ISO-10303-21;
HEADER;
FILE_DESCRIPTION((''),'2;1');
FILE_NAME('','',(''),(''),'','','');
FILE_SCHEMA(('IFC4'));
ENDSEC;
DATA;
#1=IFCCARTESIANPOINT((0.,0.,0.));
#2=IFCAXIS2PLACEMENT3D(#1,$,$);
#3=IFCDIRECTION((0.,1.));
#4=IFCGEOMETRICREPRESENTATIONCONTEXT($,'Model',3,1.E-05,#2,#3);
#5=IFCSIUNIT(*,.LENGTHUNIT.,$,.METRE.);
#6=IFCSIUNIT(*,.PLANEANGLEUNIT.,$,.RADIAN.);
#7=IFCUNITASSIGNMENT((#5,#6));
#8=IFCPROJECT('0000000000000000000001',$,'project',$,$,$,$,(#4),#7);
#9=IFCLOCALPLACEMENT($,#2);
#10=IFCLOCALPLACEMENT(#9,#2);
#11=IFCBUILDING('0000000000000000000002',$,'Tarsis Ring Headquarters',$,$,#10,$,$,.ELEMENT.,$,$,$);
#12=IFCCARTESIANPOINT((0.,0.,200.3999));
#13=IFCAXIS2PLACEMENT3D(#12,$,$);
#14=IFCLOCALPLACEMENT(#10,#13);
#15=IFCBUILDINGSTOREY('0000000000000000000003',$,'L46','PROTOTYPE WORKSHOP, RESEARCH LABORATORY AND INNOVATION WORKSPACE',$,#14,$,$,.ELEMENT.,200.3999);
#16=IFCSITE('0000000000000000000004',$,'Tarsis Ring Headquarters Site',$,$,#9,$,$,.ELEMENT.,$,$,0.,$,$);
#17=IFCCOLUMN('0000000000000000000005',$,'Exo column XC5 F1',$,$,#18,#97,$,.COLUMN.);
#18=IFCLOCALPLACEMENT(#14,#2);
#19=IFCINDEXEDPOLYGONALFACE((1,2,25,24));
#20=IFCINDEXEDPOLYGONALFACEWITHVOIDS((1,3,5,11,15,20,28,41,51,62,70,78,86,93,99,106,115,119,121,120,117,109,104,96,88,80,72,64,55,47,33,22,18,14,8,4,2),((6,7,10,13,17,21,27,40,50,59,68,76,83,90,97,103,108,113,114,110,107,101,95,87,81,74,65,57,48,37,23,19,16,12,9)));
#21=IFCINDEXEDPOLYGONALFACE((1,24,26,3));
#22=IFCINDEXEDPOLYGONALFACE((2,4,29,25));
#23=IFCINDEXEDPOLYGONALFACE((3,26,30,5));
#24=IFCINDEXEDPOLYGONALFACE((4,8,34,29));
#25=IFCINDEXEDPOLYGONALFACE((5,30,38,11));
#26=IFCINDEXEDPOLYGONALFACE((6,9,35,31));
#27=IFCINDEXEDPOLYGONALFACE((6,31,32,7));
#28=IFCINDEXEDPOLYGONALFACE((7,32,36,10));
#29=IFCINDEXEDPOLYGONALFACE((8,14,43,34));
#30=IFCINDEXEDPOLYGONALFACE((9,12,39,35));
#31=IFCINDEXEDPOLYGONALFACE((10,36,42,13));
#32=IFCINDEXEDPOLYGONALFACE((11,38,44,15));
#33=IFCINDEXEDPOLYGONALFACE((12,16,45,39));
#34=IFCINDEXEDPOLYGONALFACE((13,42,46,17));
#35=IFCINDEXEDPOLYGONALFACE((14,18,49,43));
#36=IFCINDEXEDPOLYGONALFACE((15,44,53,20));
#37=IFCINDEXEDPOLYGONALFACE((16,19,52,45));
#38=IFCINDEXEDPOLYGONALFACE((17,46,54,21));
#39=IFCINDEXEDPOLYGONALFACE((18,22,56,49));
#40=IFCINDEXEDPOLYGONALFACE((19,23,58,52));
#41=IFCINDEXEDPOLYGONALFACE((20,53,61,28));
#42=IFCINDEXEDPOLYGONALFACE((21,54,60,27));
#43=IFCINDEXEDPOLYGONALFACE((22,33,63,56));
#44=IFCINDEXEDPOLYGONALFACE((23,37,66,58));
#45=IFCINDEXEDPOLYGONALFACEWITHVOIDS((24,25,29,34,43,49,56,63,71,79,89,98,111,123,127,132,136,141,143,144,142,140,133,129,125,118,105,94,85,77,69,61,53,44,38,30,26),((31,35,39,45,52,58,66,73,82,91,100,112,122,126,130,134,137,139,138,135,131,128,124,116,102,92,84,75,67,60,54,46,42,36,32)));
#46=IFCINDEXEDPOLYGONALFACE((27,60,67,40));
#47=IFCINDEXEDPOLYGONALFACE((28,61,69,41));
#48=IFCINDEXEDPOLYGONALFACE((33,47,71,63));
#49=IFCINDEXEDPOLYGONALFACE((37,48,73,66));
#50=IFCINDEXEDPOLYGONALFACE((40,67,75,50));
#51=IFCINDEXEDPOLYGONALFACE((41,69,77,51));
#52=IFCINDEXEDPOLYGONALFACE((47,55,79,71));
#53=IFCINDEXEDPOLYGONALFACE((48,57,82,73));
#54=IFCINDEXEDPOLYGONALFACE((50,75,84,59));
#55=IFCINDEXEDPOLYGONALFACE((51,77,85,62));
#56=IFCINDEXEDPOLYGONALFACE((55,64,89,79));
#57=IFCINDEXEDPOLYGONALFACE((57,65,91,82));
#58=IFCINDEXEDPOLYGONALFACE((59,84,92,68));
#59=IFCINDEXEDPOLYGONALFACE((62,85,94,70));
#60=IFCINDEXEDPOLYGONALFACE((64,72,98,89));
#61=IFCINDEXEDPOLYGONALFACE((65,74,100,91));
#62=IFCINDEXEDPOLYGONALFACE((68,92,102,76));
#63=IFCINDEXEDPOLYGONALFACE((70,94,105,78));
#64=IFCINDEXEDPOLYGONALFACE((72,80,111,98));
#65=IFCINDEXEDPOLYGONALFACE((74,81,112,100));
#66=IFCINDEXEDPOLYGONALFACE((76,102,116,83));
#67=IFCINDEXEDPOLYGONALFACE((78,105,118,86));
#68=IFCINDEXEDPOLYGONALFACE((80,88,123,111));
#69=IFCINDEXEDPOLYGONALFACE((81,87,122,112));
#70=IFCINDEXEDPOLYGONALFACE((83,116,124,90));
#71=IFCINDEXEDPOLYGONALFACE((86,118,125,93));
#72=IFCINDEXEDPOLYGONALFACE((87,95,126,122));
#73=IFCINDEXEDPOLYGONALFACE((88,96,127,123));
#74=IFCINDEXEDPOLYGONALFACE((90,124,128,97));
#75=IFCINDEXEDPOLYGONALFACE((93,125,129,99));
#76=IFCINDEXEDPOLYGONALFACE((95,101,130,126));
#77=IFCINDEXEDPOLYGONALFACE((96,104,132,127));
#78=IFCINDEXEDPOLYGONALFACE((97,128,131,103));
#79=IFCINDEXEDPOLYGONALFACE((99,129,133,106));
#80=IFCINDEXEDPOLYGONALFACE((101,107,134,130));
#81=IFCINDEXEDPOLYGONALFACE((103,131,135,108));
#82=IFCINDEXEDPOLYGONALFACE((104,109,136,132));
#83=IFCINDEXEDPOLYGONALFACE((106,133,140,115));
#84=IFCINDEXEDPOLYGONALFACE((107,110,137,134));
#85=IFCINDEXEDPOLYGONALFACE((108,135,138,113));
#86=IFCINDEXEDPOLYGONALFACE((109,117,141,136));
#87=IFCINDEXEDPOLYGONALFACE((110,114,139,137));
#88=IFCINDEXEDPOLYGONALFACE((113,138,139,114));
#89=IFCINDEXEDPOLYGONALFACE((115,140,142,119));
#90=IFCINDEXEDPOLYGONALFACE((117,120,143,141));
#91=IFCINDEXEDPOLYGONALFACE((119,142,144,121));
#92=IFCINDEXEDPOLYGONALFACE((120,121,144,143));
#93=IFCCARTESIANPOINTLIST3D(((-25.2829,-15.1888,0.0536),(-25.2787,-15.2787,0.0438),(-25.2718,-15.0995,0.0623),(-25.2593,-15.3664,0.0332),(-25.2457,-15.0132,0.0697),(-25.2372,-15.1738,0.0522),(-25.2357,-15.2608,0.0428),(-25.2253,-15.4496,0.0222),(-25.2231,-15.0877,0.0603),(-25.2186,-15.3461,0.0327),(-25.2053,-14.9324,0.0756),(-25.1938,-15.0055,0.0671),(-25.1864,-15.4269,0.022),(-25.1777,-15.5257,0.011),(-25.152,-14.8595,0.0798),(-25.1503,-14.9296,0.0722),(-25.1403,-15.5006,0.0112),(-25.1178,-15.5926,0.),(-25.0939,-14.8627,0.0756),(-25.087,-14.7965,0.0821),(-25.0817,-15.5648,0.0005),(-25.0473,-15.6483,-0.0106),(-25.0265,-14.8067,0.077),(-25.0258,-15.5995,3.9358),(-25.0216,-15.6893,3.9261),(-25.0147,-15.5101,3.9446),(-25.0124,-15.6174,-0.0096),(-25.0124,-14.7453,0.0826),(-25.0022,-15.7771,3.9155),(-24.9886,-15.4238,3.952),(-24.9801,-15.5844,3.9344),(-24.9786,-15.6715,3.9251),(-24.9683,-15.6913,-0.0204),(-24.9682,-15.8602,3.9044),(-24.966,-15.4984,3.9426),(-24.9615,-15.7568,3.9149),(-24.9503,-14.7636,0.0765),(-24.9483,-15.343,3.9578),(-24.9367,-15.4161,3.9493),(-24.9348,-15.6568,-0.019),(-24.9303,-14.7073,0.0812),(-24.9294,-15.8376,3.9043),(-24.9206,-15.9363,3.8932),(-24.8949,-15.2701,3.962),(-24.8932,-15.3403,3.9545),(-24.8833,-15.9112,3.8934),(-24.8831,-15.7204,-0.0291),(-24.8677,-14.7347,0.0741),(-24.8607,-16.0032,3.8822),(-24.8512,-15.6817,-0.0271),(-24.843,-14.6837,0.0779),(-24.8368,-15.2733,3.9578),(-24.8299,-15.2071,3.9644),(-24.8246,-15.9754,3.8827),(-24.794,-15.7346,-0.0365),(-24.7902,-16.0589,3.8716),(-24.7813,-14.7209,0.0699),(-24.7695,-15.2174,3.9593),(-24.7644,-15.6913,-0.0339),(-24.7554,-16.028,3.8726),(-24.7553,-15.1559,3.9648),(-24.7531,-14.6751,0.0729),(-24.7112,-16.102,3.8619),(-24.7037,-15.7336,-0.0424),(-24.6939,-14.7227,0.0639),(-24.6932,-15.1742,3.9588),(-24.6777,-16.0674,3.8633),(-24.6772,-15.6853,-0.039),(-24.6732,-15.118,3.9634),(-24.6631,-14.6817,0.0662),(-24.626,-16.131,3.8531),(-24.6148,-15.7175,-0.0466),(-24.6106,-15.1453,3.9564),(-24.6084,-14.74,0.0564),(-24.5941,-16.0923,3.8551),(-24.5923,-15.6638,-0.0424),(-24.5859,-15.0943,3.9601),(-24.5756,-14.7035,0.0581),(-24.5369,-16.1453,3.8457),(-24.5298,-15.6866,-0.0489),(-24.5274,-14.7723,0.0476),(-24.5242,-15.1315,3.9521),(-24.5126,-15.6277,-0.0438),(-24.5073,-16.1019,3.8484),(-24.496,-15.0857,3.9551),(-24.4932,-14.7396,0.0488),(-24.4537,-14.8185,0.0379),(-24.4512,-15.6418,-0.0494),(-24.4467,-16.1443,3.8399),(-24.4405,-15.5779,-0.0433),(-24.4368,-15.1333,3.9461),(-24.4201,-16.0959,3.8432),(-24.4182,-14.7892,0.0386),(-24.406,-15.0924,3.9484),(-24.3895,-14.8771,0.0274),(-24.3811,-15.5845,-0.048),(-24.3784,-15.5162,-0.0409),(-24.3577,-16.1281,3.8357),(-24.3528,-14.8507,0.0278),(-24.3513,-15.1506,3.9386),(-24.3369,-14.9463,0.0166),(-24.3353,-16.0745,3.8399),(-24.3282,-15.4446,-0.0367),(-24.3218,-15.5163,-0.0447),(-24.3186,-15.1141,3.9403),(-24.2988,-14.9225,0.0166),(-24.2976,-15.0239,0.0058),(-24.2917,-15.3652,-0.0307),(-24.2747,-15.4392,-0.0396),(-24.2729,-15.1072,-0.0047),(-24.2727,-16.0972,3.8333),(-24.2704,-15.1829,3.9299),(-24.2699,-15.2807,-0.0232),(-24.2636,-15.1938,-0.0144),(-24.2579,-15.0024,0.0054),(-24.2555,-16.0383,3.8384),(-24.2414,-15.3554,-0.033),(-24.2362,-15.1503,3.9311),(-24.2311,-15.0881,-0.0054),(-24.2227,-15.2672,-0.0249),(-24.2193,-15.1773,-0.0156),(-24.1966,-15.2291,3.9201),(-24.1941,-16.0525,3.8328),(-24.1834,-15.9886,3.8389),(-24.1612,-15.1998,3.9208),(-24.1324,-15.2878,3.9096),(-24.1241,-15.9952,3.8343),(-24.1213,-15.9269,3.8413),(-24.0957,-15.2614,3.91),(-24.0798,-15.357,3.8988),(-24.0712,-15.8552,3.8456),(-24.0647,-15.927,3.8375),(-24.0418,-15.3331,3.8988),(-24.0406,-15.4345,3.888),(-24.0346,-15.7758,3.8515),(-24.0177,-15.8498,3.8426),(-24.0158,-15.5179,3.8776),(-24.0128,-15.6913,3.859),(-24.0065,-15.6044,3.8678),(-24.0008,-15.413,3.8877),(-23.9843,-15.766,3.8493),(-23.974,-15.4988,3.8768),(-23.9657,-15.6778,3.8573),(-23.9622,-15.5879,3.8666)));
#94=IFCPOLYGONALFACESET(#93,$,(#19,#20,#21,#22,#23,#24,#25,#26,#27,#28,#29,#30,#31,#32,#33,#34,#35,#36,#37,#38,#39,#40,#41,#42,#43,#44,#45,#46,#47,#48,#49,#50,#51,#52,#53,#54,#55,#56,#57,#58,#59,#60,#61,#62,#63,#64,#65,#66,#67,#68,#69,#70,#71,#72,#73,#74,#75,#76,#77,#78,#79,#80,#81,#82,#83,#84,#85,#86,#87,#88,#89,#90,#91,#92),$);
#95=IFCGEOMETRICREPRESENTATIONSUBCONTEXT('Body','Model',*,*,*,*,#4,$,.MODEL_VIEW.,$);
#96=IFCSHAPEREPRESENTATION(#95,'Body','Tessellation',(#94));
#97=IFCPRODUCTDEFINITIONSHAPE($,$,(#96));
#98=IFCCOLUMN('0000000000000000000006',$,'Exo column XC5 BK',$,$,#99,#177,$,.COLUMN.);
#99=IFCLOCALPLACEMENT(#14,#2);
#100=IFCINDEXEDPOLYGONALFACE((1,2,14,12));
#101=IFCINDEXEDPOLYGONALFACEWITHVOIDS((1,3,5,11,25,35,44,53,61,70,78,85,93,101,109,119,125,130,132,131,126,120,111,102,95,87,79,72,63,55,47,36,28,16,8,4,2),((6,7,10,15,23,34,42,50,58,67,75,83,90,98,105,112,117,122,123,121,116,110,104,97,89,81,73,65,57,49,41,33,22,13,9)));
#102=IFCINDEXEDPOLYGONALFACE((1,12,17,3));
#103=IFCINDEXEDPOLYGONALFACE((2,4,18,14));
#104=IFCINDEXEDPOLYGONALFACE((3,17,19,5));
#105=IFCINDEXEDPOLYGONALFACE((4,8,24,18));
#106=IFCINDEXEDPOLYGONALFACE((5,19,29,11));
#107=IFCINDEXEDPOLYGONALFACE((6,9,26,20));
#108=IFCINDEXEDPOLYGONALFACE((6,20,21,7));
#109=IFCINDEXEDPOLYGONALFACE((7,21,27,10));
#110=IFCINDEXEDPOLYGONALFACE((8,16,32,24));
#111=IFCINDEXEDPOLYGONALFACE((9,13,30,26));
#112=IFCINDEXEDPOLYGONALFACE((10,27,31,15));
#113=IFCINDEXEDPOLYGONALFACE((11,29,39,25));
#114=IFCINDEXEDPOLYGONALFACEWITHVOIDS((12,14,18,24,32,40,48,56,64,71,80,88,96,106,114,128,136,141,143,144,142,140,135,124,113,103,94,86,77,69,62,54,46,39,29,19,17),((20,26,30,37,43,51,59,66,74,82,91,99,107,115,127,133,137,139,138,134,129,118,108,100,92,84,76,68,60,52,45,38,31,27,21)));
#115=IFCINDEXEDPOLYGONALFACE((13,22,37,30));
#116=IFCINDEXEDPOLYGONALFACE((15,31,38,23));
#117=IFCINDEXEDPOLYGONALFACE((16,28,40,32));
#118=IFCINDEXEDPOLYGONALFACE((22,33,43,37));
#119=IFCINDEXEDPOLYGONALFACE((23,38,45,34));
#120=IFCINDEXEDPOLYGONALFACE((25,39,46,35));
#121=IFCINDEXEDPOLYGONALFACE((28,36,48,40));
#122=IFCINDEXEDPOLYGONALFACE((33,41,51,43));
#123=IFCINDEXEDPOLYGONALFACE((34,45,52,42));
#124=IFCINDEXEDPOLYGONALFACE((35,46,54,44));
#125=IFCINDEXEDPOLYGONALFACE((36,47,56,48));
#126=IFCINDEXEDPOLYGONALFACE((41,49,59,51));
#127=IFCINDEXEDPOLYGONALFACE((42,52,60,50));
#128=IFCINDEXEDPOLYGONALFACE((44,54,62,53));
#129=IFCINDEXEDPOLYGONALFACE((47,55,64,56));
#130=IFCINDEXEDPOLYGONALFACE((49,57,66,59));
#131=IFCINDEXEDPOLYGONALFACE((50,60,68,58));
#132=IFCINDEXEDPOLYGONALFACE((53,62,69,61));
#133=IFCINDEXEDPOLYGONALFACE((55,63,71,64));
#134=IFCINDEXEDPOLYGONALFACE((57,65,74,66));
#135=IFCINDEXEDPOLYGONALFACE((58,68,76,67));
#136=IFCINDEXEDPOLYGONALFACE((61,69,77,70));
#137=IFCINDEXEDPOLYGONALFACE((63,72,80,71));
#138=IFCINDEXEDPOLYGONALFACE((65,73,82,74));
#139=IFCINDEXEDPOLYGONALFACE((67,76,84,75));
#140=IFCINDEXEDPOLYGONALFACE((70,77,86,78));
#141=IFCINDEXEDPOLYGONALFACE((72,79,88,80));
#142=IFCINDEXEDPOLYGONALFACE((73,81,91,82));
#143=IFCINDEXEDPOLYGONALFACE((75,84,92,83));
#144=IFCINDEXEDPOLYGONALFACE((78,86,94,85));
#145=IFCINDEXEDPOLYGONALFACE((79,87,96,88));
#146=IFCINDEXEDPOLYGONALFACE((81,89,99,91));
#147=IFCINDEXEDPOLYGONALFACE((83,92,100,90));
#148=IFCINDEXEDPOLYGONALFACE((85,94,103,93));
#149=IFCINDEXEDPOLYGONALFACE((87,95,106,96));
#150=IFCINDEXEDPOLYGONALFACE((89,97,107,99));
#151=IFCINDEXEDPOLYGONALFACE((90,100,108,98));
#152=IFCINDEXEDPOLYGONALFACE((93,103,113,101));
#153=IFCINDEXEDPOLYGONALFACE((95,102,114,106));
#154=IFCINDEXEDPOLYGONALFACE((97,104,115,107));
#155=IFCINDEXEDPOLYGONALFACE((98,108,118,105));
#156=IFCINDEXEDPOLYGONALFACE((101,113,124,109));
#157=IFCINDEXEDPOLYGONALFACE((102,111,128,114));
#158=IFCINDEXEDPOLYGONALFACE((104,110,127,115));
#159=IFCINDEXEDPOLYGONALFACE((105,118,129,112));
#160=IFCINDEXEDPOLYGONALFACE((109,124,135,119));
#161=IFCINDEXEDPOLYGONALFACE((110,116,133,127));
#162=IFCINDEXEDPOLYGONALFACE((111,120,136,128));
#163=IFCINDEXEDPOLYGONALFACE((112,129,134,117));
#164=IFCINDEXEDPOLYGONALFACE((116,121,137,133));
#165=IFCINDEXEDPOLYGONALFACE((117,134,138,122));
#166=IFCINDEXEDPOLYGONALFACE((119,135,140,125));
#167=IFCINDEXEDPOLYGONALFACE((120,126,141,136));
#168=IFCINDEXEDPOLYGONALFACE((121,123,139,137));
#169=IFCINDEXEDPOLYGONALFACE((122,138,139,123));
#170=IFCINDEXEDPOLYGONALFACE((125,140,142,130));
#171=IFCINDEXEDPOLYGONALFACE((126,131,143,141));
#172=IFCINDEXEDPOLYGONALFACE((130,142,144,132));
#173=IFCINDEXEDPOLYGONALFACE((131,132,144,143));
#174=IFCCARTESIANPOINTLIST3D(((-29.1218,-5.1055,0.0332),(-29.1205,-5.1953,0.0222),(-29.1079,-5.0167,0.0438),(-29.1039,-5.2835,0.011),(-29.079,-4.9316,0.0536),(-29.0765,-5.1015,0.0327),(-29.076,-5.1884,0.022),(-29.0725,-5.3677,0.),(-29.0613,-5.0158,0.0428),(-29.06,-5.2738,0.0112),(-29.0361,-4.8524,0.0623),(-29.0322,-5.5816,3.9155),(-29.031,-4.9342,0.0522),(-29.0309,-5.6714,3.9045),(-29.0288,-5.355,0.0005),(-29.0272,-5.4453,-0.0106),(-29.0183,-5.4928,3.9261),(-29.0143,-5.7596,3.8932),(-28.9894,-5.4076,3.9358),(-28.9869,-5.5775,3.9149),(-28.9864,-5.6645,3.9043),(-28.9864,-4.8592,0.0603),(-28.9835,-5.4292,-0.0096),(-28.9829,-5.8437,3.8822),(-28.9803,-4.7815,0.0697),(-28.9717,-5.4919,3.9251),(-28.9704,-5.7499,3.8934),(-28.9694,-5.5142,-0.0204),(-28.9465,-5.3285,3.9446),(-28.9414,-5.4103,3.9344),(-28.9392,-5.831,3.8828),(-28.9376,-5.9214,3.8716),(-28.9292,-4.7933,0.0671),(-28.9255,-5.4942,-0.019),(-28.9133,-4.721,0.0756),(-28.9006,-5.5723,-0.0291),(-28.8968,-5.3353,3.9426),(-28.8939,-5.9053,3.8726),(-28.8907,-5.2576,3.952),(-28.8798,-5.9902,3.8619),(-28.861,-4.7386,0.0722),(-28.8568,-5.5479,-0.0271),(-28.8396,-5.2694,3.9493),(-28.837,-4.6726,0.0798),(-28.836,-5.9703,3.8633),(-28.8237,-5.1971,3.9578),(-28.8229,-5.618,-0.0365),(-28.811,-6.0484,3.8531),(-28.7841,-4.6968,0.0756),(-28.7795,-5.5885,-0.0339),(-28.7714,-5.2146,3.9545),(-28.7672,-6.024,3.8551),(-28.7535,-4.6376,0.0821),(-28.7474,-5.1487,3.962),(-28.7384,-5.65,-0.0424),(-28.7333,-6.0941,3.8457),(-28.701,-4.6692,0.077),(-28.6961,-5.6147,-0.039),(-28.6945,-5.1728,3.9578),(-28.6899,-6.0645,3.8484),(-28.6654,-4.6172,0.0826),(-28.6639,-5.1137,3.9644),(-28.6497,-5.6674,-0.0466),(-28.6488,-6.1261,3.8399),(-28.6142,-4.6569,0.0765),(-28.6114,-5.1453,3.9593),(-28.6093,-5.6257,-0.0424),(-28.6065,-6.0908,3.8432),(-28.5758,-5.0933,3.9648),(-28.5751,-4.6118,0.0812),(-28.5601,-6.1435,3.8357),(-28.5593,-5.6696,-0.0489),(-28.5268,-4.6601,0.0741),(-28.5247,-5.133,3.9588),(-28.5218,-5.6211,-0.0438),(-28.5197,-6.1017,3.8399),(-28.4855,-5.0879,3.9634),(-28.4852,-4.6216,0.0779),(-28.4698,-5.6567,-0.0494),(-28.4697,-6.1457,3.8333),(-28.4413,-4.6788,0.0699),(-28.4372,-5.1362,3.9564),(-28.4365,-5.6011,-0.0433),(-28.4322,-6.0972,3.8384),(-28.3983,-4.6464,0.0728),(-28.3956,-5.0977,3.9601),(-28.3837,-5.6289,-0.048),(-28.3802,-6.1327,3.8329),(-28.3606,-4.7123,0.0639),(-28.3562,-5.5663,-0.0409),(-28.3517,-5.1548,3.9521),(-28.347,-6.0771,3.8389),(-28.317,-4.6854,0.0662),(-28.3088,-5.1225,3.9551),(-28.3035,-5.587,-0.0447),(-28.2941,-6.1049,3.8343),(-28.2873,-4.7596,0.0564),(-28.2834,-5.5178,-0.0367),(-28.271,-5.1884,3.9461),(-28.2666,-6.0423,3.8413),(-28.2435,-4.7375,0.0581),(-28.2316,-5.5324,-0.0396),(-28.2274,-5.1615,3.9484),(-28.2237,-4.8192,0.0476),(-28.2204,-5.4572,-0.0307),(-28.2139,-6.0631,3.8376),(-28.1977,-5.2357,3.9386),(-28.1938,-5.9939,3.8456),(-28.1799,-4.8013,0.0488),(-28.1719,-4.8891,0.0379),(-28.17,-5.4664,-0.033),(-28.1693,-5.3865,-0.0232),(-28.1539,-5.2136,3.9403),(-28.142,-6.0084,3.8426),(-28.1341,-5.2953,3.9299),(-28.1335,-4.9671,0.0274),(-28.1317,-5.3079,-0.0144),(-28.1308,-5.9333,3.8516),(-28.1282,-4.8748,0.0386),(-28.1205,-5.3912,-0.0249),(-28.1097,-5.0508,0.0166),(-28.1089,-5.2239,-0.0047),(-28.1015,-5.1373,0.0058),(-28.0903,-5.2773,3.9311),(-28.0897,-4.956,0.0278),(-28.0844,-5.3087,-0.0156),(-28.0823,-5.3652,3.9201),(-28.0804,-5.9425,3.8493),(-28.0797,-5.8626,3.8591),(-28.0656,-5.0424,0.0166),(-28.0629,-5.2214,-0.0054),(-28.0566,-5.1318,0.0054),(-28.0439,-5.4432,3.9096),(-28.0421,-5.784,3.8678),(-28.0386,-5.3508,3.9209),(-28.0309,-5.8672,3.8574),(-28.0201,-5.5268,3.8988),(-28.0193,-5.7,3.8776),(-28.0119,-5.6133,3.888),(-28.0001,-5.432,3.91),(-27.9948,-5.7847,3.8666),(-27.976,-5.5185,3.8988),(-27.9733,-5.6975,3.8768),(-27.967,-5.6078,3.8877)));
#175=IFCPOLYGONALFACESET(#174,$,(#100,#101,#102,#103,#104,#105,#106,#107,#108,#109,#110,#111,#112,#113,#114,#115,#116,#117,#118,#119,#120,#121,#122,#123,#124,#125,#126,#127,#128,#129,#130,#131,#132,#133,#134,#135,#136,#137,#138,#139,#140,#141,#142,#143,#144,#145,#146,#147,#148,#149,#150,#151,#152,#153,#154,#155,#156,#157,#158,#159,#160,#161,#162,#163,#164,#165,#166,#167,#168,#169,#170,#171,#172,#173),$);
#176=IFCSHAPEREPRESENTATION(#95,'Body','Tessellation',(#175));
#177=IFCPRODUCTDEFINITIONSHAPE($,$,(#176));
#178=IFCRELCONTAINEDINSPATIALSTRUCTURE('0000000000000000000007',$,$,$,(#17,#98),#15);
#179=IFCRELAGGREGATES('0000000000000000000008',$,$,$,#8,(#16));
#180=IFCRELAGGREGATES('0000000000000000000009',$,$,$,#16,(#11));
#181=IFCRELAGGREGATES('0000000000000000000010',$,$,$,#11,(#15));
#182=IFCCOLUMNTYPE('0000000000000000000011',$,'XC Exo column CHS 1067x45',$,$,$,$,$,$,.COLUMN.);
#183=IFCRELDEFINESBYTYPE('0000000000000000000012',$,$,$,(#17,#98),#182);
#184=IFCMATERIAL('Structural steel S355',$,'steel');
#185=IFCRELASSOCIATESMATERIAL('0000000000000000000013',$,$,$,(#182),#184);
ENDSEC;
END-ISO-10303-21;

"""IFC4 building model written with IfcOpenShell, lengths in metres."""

from ifc_helpers import new_model, si_unit, direction, frame, origin, origin_2d, place, context, subcontext, project, spatial, hollow_circle, extrude, material, material_profile, profile_set, type_object, element, save


model = new_model("IFC4")

# Units and contexts
model_context = context("Model", 3, precision=1e-05, world=origin(), true_north=direction((0.0, 1.0)))
body_context = subcontext(model_context, "Body", "Model", "MODEL_VIEW")
ifc_project = project(units=[si_unit("LENGTHUNIT", "METRE"), si_unit("PLANEANGLEUNIT", "RADIAN")], contexts=[model_context])

# Site, building, storey
site_placement = place(None, origin())
site = spatial("IfcSite", under=ifc_project, at=site_placement, Name="Tarsis Ring Headquarters Site", CompositionType="ELEMENT", RefElevation=0.0)
building_placement = place(site_placement, origin())
building = spatial("IfcBuilding", under=site, at=building_placement, Name="Tarsis Ring Headquarters", CompositionType="ELEMENT")
storey_placement = place(building_placement, frame((0.0, 0.0, 200.3999)))
storey = spatial("IfcBuildingStorey", under=building, at=storey_placement, Name="L46", Description="PROTOTYPE WORKSHOP, RESEARCH LABORATORY AND INNOVATION WORKSPACE", CompositionType="ELEMENT", Elevation=200.3999)

# Columns
ifc_material_1 = material(Name="Structural steel S355", Category="steel")
ifc_material_profile_1 = material_profile(ifc_material_1, hollow_circle(Radius=0.5334, WallThickness=0.0449, at=origin_2d()), Name="CHS 1067x45")
ifc_profile_set_1 = profile_set([ifc_material_profile_1], Name="Structural steel S355")
column_type = type_object("IfcColumnType", Name="XC Exo column CHS 1067x45", PredefinedType="COLUMN", material=ifc_profile_set_1)
for number, where, z_axis, x_axis, name in (
    (1, (-24.751, -15.2056, 0.0166), (0.065708, -0.104959, 0.992303), (0.847602, 0.530633, 0.0), "Exo column XC5 F1"),
    (2, (-28.5898, -5.1411, 0.0166), (0.022901, -0.121682, 0.992305), (0.982746, 0.184958, 0.0), "Exo column XC5 BK"),
):
    element("IfcColumn", number, at=place(storey_placement, frame(where, z_axis=z_axis, x_axis=x_axis)), inside=storey, type_object=column_type, Name=name, PredefinedType="COLUMN", context=body_context, shape_type="SweptSolid", body=[
        extrude(hollow_circle(Radius=0.5334, WallThickness=0.0449, at=origin_2d()), origin(), (0.0, 0.0, 1.0), 3.9124),
    ])

save(model, "model.ifc")
